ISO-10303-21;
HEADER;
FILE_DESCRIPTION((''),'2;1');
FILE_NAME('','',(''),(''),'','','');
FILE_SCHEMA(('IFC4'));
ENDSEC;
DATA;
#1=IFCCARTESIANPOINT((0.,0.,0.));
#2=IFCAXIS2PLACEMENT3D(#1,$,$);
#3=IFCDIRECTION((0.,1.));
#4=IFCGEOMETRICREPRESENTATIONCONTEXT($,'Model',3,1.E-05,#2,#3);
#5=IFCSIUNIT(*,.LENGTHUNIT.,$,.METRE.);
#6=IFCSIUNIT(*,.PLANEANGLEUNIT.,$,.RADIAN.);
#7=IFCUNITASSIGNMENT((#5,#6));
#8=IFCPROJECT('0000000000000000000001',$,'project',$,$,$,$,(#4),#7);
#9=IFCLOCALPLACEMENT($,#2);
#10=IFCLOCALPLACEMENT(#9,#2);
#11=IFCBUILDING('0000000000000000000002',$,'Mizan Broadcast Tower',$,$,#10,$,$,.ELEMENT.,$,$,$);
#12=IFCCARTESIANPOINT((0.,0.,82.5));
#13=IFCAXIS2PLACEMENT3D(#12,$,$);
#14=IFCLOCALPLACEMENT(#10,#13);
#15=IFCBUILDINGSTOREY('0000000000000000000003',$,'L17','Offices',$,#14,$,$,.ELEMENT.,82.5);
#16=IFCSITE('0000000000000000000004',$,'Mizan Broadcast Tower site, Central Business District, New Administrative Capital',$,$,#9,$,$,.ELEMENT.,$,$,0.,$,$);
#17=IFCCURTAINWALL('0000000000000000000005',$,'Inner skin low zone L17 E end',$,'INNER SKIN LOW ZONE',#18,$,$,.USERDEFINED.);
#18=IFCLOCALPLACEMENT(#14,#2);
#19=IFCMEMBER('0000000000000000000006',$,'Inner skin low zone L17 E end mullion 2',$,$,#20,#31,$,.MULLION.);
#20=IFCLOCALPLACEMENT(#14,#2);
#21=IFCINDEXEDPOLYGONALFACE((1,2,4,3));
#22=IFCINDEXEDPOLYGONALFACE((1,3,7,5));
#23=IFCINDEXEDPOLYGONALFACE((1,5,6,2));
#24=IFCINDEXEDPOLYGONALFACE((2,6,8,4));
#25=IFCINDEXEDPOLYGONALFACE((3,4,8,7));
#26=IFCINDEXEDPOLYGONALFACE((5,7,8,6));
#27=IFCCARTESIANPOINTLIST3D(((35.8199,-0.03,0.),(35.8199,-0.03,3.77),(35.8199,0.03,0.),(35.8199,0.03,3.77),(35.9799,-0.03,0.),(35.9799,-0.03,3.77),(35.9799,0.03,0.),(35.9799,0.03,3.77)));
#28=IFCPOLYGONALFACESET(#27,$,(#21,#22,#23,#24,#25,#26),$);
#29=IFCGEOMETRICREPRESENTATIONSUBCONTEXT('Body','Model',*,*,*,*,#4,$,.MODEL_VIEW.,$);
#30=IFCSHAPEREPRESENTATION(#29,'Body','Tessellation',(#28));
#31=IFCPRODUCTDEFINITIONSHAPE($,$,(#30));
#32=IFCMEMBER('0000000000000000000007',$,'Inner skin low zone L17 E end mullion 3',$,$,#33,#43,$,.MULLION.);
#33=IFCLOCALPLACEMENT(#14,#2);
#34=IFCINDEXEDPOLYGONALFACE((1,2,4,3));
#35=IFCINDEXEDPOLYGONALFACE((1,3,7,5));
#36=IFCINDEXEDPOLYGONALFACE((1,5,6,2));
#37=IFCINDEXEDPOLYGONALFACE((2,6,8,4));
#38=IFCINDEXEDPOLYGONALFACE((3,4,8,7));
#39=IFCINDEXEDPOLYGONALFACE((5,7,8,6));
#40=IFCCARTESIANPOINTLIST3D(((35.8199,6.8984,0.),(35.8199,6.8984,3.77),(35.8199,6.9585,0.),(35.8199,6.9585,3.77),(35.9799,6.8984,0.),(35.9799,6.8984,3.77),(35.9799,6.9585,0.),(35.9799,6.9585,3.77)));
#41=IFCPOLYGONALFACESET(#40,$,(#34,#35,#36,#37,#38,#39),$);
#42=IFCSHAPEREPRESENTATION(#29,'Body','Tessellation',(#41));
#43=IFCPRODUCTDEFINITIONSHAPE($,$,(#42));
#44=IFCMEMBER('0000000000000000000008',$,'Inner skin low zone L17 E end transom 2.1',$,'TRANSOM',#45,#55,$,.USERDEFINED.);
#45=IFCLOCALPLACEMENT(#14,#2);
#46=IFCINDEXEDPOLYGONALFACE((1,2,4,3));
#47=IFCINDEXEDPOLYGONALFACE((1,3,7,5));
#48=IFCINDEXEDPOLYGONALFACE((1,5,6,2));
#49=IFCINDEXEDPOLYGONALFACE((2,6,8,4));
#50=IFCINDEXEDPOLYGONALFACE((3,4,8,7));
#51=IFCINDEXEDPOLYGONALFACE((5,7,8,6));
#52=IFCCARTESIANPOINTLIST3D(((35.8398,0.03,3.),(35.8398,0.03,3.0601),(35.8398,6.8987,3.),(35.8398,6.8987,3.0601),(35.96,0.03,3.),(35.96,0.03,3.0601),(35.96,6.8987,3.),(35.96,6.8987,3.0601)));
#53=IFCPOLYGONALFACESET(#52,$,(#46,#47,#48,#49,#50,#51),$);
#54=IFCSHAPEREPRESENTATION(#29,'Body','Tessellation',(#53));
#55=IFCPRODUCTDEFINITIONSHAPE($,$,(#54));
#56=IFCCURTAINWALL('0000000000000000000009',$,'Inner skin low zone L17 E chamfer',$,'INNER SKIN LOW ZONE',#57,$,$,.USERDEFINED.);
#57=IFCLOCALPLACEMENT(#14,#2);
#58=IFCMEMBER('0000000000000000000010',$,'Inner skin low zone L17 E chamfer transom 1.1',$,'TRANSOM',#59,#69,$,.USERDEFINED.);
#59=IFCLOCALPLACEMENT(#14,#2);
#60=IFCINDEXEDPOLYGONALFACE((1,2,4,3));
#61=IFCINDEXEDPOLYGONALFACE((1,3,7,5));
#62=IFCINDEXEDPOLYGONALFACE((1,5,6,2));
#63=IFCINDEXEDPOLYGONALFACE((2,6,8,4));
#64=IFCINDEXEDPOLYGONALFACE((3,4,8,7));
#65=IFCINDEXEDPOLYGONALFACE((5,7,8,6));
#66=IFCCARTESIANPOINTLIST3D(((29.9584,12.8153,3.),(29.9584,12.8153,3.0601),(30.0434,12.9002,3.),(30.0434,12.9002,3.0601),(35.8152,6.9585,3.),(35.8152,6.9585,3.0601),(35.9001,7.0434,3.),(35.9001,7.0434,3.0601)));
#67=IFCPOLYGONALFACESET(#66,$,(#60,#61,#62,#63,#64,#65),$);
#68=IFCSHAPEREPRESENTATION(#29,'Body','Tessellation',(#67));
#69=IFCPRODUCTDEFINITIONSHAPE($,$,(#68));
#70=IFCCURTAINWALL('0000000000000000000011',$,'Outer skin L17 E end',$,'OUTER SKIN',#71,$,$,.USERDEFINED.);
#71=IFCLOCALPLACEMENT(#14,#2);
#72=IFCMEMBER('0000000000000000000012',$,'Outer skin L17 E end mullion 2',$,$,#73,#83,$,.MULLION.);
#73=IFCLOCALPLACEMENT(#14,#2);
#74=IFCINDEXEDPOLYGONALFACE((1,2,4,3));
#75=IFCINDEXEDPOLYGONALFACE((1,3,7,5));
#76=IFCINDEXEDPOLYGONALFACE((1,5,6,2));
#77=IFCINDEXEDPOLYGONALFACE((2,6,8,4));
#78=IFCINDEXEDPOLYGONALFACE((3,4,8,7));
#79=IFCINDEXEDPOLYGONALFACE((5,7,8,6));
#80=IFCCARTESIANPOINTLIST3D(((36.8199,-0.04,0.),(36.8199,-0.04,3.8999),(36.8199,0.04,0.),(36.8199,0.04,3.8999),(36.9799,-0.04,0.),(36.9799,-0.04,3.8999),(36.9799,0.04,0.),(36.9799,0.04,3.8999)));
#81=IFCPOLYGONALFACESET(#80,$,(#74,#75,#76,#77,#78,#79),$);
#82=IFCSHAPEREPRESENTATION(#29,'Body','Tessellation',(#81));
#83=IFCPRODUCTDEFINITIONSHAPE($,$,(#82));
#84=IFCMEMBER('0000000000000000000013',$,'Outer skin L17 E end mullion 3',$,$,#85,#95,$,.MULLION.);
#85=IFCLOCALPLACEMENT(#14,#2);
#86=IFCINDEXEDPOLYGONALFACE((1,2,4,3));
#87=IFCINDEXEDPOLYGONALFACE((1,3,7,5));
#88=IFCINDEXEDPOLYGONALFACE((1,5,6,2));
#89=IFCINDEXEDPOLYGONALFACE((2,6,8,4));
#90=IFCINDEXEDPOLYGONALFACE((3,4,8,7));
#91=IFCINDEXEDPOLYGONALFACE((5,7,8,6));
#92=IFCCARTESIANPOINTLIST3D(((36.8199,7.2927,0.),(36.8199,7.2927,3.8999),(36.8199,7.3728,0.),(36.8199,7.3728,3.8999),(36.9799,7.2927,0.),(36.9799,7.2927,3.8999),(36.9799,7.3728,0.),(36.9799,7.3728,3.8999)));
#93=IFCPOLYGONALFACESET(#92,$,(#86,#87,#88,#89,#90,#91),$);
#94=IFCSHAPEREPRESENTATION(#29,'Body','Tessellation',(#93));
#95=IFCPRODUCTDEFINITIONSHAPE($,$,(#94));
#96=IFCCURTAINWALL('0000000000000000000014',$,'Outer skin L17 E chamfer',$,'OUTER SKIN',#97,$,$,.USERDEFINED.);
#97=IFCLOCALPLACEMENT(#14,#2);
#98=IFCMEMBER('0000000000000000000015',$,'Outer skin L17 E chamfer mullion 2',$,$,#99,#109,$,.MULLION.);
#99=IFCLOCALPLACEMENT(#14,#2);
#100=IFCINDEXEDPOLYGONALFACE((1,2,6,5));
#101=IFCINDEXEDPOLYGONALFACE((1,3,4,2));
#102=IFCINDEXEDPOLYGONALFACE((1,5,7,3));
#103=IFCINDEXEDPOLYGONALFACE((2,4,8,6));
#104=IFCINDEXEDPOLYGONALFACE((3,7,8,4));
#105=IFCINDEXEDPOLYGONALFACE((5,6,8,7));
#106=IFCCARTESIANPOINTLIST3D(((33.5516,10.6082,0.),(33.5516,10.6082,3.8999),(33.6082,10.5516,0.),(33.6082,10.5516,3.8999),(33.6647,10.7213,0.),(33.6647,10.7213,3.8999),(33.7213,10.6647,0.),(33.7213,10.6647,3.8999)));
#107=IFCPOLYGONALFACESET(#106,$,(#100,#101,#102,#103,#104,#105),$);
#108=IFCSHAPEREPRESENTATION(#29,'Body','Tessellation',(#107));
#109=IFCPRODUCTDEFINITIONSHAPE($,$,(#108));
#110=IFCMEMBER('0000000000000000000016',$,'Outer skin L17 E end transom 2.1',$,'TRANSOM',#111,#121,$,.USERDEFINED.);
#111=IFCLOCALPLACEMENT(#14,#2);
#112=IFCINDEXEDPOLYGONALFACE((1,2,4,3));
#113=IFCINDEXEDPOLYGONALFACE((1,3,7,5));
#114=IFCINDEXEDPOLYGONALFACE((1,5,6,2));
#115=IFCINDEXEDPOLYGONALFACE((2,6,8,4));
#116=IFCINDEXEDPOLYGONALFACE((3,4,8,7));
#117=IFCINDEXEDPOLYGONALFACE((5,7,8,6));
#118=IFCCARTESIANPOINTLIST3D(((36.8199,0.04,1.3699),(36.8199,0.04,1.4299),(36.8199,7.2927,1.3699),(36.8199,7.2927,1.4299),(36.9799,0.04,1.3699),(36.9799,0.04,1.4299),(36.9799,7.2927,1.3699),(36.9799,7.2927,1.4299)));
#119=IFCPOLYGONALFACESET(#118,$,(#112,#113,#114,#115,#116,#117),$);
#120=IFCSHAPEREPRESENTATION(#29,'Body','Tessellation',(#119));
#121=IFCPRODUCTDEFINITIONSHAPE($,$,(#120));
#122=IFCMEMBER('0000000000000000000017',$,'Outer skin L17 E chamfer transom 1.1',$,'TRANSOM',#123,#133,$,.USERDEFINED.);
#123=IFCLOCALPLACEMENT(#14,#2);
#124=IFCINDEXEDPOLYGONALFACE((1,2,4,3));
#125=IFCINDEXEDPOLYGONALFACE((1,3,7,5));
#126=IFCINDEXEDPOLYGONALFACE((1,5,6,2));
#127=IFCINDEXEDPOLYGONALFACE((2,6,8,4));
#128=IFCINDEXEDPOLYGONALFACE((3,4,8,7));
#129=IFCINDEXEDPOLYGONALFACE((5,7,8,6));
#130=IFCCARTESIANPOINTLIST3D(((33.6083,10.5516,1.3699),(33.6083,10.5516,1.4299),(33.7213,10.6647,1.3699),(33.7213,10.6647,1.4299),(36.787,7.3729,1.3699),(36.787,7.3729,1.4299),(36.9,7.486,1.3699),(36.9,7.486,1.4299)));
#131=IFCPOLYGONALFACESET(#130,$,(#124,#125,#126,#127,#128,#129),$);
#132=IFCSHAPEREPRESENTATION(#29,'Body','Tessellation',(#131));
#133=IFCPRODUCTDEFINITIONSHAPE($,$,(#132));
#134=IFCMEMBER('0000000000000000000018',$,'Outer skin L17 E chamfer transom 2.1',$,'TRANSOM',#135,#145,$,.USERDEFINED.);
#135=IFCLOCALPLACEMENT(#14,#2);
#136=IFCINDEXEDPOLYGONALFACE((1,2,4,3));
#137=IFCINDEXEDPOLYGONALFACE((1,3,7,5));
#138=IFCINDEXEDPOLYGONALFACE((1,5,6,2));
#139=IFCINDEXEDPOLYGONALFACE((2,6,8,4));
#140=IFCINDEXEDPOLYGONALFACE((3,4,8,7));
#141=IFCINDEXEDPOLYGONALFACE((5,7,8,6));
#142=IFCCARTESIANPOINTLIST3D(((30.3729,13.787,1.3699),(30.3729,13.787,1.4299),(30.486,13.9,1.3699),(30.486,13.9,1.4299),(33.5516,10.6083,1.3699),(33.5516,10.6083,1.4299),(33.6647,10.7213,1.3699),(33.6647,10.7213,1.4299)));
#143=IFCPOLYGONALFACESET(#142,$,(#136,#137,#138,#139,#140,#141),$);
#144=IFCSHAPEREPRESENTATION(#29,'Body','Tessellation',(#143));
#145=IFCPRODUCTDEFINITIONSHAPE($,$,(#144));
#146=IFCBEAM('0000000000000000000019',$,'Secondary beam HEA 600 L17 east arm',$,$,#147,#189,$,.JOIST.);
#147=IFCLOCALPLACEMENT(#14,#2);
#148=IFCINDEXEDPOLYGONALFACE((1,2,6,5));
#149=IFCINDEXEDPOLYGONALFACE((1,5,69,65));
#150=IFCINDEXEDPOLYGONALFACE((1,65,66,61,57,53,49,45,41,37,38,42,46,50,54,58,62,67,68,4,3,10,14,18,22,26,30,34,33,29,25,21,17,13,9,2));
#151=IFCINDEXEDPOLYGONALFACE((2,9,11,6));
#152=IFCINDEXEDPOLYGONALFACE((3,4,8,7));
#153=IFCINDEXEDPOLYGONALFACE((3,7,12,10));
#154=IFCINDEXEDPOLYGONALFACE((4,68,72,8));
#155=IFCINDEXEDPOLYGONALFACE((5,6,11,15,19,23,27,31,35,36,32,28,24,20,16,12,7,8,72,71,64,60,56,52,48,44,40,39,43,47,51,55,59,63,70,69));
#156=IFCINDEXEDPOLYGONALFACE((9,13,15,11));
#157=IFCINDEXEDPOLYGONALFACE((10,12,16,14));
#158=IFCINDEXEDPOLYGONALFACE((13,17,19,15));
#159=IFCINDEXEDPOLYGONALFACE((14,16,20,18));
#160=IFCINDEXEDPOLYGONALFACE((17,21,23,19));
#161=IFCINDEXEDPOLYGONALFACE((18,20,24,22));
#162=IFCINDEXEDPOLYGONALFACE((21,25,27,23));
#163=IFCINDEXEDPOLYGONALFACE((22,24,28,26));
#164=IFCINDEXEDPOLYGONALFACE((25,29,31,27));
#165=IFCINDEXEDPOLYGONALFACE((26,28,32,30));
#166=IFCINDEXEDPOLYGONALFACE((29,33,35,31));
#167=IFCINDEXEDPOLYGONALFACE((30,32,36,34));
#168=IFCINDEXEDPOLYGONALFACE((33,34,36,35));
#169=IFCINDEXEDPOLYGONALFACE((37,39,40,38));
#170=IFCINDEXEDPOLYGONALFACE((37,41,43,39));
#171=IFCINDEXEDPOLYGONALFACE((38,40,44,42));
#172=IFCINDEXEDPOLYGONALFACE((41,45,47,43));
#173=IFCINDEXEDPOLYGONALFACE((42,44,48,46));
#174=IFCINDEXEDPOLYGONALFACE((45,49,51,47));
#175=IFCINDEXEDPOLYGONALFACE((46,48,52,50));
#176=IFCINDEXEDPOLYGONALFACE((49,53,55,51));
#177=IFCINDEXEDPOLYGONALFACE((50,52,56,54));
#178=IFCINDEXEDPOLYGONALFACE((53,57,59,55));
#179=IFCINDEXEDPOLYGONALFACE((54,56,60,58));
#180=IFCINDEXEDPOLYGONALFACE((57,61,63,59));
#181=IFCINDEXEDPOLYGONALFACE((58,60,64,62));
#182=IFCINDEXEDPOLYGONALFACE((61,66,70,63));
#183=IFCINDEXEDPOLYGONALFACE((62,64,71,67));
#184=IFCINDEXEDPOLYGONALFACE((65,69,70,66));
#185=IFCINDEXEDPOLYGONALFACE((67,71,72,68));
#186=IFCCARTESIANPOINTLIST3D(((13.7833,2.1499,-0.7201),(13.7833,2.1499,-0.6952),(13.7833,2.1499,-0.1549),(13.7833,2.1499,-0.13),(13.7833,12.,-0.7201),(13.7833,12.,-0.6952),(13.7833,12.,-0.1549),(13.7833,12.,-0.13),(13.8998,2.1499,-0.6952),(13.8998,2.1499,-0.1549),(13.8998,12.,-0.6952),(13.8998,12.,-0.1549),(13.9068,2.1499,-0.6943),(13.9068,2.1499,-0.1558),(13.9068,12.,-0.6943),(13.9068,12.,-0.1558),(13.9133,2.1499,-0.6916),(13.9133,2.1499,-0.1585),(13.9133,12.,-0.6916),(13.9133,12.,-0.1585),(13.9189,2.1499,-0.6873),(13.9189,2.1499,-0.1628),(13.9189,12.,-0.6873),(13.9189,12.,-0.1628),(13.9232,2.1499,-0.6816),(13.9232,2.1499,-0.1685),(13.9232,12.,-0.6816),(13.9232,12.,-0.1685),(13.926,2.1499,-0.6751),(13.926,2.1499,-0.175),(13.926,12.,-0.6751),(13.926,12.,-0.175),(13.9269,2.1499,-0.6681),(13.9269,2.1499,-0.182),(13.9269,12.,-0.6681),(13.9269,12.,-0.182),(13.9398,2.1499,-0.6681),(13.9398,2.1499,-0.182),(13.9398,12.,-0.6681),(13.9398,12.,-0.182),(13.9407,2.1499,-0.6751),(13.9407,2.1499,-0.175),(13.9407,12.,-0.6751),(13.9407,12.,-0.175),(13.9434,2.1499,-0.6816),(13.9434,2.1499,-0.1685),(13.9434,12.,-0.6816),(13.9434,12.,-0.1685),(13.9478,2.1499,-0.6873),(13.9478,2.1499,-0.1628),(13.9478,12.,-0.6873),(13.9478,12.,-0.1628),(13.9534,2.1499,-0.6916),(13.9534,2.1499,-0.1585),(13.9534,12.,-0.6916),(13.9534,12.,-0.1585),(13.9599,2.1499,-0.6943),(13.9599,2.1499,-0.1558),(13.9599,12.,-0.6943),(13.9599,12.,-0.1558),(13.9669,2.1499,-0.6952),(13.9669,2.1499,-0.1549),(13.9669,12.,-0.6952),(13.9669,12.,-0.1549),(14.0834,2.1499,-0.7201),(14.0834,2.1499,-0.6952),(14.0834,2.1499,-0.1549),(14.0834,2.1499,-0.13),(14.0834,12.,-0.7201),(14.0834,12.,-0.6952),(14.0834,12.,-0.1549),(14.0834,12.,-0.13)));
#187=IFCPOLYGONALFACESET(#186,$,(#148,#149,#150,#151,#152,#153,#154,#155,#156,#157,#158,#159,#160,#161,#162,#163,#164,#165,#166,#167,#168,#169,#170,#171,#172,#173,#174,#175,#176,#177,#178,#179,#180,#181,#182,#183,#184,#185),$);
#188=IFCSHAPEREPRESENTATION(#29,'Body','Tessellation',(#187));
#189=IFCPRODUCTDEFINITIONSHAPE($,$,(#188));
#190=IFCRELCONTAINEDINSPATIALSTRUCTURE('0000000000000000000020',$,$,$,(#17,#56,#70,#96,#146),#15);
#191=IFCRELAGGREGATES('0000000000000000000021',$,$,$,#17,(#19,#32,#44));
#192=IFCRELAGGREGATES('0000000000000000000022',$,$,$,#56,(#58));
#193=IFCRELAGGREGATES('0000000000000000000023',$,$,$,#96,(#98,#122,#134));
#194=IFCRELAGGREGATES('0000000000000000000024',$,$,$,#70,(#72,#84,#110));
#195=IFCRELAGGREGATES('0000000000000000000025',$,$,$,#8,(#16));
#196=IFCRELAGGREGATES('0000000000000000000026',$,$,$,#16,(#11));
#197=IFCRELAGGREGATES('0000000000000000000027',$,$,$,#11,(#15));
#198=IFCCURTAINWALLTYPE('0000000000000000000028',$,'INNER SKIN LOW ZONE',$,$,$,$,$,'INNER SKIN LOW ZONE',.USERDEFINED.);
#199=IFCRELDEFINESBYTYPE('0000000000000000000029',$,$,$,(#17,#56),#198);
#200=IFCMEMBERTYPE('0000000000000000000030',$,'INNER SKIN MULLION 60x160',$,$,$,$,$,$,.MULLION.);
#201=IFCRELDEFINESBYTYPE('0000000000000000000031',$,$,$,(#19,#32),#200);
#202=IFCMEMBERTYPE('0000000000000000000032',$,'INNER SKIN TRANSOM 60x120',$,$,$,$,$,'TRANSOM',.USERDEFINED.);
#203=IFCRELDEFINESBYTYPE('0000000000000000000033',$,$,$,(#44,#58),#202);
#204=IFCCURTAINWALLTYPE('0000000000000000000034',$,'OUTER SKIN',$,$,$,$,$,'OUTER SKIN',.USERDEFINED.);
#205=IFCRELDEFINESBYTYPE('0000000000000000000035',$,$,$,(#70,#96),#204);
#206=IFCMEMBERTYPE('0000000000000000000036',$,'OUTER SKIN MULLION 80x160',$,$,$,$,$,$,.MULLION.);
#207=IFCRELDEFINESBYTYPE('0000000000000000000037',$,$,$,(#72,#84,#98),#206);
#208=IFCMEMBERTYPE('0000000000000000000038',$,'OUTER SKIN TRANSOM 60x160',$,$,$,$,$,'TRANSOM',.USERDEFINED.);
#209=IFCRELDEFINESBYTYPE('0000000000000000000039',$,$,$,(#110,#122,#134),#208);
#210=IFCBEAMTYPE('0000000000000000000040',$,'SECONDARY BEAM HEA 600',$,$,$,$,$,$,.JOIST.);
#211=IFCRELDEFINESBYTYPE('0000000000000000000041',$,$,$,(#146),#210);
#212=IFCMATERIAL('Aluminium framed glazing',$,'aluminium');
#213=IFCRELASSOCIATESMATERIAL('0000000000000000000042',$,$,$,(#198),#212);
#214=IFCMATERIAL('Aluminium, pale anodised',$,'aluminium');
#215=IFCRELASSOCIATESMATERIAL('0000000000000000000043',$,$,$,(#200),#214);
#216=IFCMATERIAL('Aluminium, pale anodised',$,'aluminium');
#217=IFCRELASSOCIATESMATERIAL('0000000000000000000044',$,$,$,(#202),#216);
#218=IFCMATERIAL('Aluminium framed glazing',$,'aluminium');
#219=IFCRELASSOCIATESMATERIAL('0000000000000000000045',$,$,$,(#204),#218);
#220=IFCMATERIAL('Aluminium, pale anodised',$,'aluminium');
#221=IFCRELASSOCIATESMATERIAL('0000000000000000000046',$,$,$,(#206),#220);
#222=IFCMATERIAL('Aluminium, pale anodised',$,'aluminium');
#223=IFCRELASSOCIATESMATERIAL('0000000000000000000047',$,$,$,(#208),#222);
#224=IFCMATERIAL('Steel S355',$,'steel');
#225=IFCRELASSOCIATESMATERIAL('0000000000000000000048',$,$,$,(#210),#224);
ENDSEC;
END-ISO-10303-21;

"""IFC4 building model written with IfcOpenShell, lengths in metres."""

from ifc_helpers import new_model, si_unit, direction, frame, origin, origin_2d, place, context, subcontext, project, spatial, rectangle, i_section, extrude, material, material_profile, profile_set, type_object, element, aggregate, save


model = new_model("IFC4")

# Units and contexts
model_context = context("Model", 3, precision=1e-05, world=origin(), true_north=direction((0.0, 1.0)))
body_context = subcontext(model_context, "Body", "Model", "MODEL_VIEW")
ifc_project = project(units=[si_unit("LENGTHUNIT", "METRE"), si_unit("PLANEANGLEUNIT", "RADIAN")], contexts=[model_context])

# Site, building, storey
site_placement = place(None, origin())
site = spatial("IfcSite", under=ifc_project, at=site_placement, Name="Mizan Broadcast Tower site, Central Business District, New Administrative Capital", CompositionType="ELEMENT", RefElevation=0.0)
building_placement = place(site_placement, origin())
building = spatial("IfcBuilding", under=site, at=building_placement, Name="Mizan Broadcast Tower", CompositionType="ELEMENT")
storey_placement = place(building_placement, frame((0.0, 0.0, 82.5)))
storey = spatial("IfcBuildingStorey", under=building, at=storey_placement, Name="L17", Description="Offices", CompositionType="ELEMENT", Elevation=82.5)

# Curtain wall, members
ifc_material_1 = material(Name="Aluminium framed glazing", Category="aluminium")
curtain_wall_type_1 = type_object("IfcCurtainWallType", Name="INNER SKIN LOW ZONE", ElementType="INNER SKIN LOW ZONE", PredefinedType="USERDEFINED", material=ifc_material_1)
curtain_wall_1_placement = place(storey_placement, origin())
curtain_wall_1 = element("IfcCurtainWall", 1, at=curtain_wall_1_placement, inside=storey, type_object=curtain_wall_type_1, Name="Inner skin low zone L17 E end", ObjectType="INNER SKIN LOW ZONE", PredefinedType="USERDEFINED")
ifc_material_2 = material(Name="Aluminium, pale anodised", Category="aluminium")
ifc_material_profile_1 = material_profile(ifc_material_2, rectangle(XDim=0.1599, YDim=0.0601, at=origin_2d()), Name="MULLION 160x60")
ifc_profile_set_1 = profile_set([ifc_material_profile_1], Name="Aluminium, pale anodised")
member_type_1 = type_object("IfcMemberType", Name="INNER SKIN MULLION 60x160", PredefinedType="MULLION", material=ifc_profile_set_1)
member_1_placement = place(storey_placement, frame((35.8999, 0.0, 0.0), z_axis=(0.0, 0.0, 1.0), x_axis=(-1.0, 0.0, 0.0)))
member_1 = element("IfcMember", 2, at=member_1_placement, type_object=member_type_1, Name="Inner skin low zone L17 E end mullion 2", PredefinedType="MULLION", context=body_context, shape_type="SweptSolid", body=[
    extrude(rectangle(XDim=0.1599, YDim=0.0601, at=origin_2d()), origin(), (0.0, 0.0, 1.0), 3.77),
])
member_2_placement = place(storey_placement, frame((35.8999, 6.9285, 0.0), z_axis=(0.0, 0.0, 1.0), x_axis=(-1.0, 0.0, 0.0)))
member_2 = element("IfcMember", 3, at=member_2_placement, type_object=member_type_1, Name="Inner skin low zone L17 E end mullion 3", PredefinedType="MULLION", context=body_context, shape_type="SweptSolid", body=[
    extrude(rectangle(XDim=0.1599, YDim=0.0601, at=origin_2d()), origin(), (0.0, 0.0, 1.0), 3.77),
])
ifc_material_3 = material(Name="Aluminium, pale anodised", Category="aluminium")
ifc_material_profile_2 = material_profile(ifc_material_3, rectangle(XDim=0.1201, YDim=0.0601, at=origin_2d()), Name="TRANSOM 120x60")
ifc_profile_set_2 = profile_set([ifc_material_profile_2], Name="Aluminium, pale anodised")
member_type_2 = type_object("IfcMemberType", Name="INNER SKIN TRANSOM 60x120", ElementType="TRANSOM", PredefinedType="USERDEFINED", material=ifc_profile_set_2)
member_3_placement = place(storey_placement, frame((35.8999, 0.03, 3.03), z_axis=(0.0, 1.0, 0.0), x_axis=(-1.0, 0.0, 0.0)))
member_3 = element("IfcMember", 4, at=member_3_placement, type_object=member_type_2, Name="Inner skin low zone L17 E end transom 2.1", ObjectType="TRANSOM", PredefinedType="USERDEFINED", context=body_context, shape_type="SweptSolid", body=[
    extrude(rectangle(XDim=0.1201, YDim=0.0601, at=origin_2d()), origin(), (0.0, 0.0, 1.0), 6.8687),
])

# Curtain wall, member
curtain_wall_2_placement = place(storey_placement, origin())
curtain_wall_2 = element("IfcCurtainWall", 5, at=curtain_wall_2_placement, inside=storey, type_object=curtain_wall_type_1, Name="Inner skin low zone L17 E chamfer", ObjectType="INNER SKIN LOW ZONE", PredefinedType="USERDEFINED")
member_4_placement = place(storey_placement, frame((35.8577, 7.001, 3.03), z_axis=(-0.707107, 0.707107, 0.0), x_axis=(-0.707107, -0.707107, 0.0)))
member_4 = element("IfcMember", 6, at=member_4_placement, type_object=member_type_2, Name="Inner skin low zone L17 E chamfer transom 1.1", ObjectType="TRANSOM", PredefinedType="USERDEFINED", context=body_context, shape_type="SweptSolid", body=[
    extrude(rectangle(XDim=0.1201, YDim=0.0601, at=origin_2d()), origin(), (0.0, 0.0, 1.0), 8.2827),
])

# Curtain wall, members
ifc_material_4 = material(Name="Aluminium framed glazing", Category="aluminium")
curtain_wall_type_2 = type_object("IfcCurtainWallType", Name="OUTER SKIN", ElementType="OUTER SKIN", PredefinedType="USERDEFINED", material=ifc_material_4)
curtain_wall_3_placement = place(storey_placement, origin())
curtain_wall_3 = element("IfcCurtainWall", 7, at=curtain_wall_3_placement, inside=storey, type_object=curtain_wall_type_2, Name="Outer skin L17 E end", ObjectType="OUTER SKIN", PredefinedType="USERDEFINED")
ifc_material_5 = material(Name="Aluminium, pale anodised", Category="aluminium")
ifc_material_profile_3 = material_profile(ifc_material_5, rectangle(XDim=0.1599, YDim=0.0801, at=origin_2d()), Name="MULLION 160x80")
ifc_profile_set_3 = profile_set([ifc_material_profile_3], Name="Aluminium, pale anodised")
member_type_3 = type_object("IfcMemberType", Name="OUTER SKIN MULLION 80x160", PredefinedType="MULLION", material=ifc_profile_set_3)
member_5_placement = place(storey_placement, frame((36.8999, 0.0, 0.0), z_axis=(0.0, 0.0, 1.0), x_axis=(-1.0, 0.0, 0.0)))
member_5 = element("IfcMember", 8, at=member_5_placement, type_object=member_type_3, Name="Outer skin L17 E end mullion 2", PredefinedType="MULLION", context=body_context, shape_type="SweptSolid", body=[
    extrude(rectangle(XDim=0.1599, YDim=0.0801, at=origin_2d()), origin(), (0.0, 0.0, 1.0), 3.8999),
])
member_6_placement = place(storey_placement, frame((36.8999, 7.3328, 0.0), z_axis=(0.0, 0.0, 1.0), x_axis=(-1.0, 0.0, 0.0)))
member_6 = element("IfcMember", 9, at=member_6_placement, type_object=member_type_3, Name="Outer skin L17 E end mullion 3", PredefinedType="MULLION", context=body_context, shape_type="SweptSolid", body=[
    extrude(rectangle(XDim=0.1599, YDim=0.0801, at=origin_2d()), origin(), (0.0, 0.0, 1.0), 3.8999),
])

# Curtain wall, member
curtain_wall_4_placement = place(storey_placement, origin())
curtain_wall_4 = element("IfcCurtainWall", 10, at=curtain_wall_4_placement, inside=storey, type_object=curtain_wall_type_2, Name="Outer skin L17 E chamfer", ObjectType="OUTER SKIN", PredefinedType="USERDEFINED")
member_7_placement = place(storey_placement, frame((33.6365, 10.6365, 0.0), z_axis=(0.0, 0.0, 1.0), x_axis=(-0.707107, -0.707107, 0.0)))
member_7 = element("IfcMember", 11, at=member_7_placement, type_object=member_type_3, Name="Outer skin L17 E chamfer mullion 2", PredefinedType="MULLION", context=body_context, shape_type="SweptSolid", body=[
    extrude(rectangle(XDim=0.1599, YDim=0.0801, at=origin_2d()), origin(), (0.0, 0.0, 1.0), 3.8999),
])

# Members
ifc_material_6 = material(Name="Aluminium, pale anodised", Category="aluminium")
ifc_material_profile_4 = material_profile(ifc_material_6, rectangle(XDim=0.1599, YDim=0.0601, at=origin_2d()), Name="TRANSOM 160x60")
ifc_profile_set_4 = profile_set([ifc_material_profile_4], Name="Aluminium, pale anodised")
member_type_4 = type_object("IfcMemberType", Name="OUTER SKIN TRANSOM 60x160", ElementType="TRANSOM", PredefinedType="USERDEFINED", material=ifc_profile_set_4)
member_8_placement = place(storey_placement, frame((36.8999, 0.04, 1.3999), z_axis=(0.0, 1.0, 0.0), x_axis=(-1.0, 0.0, 0.0)))
member_8 = element("IfcMember", 12, at=member_8_placement, type_object=member_type_4, Name="Outer skin L17 E end transom 2.1", ObjectType="TRANSOM", PredefinedType="USERDEFINED", context=body_context, shape_type="SweptSolid", body=[
    extrude(rectangle(XDim=0.1599, YDim=0.0601, at=origin_2d()), origin(), (0.0, 0.0, 1.0), 7.2527),
])
member_9_placement = place(storey_placement, frame((36.8435, 7.4294, 1.3999), z_axis=(-0.707107, 0.707107, 0.0), x_axis=(-0.707107, -0.707107, 0.0)))
member_9 = element("IfcMember", 13, at=member_9_placement, type_object=member_type_4, Name="Outer skin L17 E chamfer transom 1.1", ObjectType="TRANSOM", PredefinedType="USERDEFINED", context=body_context, shape_type="SweptSolid", body=[
    extrude(rectangle(XDim=0.1599, YDim=0.0601, at=origin_2d()), origin(), (0.0, 0.0, 1.0), 4.4954),
])
member_10_placement = place(storey_placement, frame((33.6082, 10.6648, 1.3999), z_axis=(-0.707107, 0.707107, 0.0), x_axis=(-0.707107, -0.707107, 0.0)))
member_10 = element("IfcMember", 14, at=member_10_placement, type_object=member_type_4, Name="Outer skin L17 E chamfer transom 2.1", ObjectType="TRANSOM", PredefinedType="USERDEFINED", context=body_context, shape_type="SweptSolid", body=[
    extrude(rectangle(XDim=0.1599, YDim=0.0601, at=origin_2d()), origin(), (0.0, 0.0, 1.0), 4.4954),
])

# Beam
ifc_material_7 = material(Name="Steel S355", Category="steel")
ifc_material_profile_5 = material_profile(ifc_material_7, i_section(OverallWidth=0.3, OverallDepth=0.5901, WebThickness=0.0129, FlangeThickness=0.0249, FilletRadius=0.0271, at=origin_2d()), Name="HEA 600")
ifc_profile_set_5 = profile_set([ifc_material_profile_5], Name="Steel S355")
beam_type_1 = type_object("IfcBeamType", Name="SECONDARY BEAM HEA 600", PredefinedType="JOIST", material=ifc_profile_set_5)
for number, where, z_axis, x_axis, name in (
    (15, (13.9333, 12.0, -0.425), (0.0, -1.0, 0.0), (1.0, 0.0, 0.0), "Secondary beam HEA 600 L17 east arm"),
):
    element("IfcBeam", number, at=place(storey_placement, frame(where, z_axis=z_axis, x_axis=x_axis)), inside=storey, type_object=beam_type_1, Name=name, PredefinedType="JOIST", context=body_context, shape_type="SweptSolid", body=[
        extrude(i_section(OverallWidth=0.3, OverallDepth=0.5901, WebThickness=0.0129, FlangeThickness=0.0249, FilletRadius=0.0271, at=origin_2d()), origin(), (0.0, 0.0, 1.0), 9.8501),
    ])

aggregate(curtain_wall_1, [member_1, member_2, member_3])
aggregate(curtain_wall_2, [member_4])
aggregate(curtain_wall_4, [member_7, member_9, member_10])
aggregate(curtain_wall_3, [member_5, member_6, member_8])

save(model, "model.ifc")
